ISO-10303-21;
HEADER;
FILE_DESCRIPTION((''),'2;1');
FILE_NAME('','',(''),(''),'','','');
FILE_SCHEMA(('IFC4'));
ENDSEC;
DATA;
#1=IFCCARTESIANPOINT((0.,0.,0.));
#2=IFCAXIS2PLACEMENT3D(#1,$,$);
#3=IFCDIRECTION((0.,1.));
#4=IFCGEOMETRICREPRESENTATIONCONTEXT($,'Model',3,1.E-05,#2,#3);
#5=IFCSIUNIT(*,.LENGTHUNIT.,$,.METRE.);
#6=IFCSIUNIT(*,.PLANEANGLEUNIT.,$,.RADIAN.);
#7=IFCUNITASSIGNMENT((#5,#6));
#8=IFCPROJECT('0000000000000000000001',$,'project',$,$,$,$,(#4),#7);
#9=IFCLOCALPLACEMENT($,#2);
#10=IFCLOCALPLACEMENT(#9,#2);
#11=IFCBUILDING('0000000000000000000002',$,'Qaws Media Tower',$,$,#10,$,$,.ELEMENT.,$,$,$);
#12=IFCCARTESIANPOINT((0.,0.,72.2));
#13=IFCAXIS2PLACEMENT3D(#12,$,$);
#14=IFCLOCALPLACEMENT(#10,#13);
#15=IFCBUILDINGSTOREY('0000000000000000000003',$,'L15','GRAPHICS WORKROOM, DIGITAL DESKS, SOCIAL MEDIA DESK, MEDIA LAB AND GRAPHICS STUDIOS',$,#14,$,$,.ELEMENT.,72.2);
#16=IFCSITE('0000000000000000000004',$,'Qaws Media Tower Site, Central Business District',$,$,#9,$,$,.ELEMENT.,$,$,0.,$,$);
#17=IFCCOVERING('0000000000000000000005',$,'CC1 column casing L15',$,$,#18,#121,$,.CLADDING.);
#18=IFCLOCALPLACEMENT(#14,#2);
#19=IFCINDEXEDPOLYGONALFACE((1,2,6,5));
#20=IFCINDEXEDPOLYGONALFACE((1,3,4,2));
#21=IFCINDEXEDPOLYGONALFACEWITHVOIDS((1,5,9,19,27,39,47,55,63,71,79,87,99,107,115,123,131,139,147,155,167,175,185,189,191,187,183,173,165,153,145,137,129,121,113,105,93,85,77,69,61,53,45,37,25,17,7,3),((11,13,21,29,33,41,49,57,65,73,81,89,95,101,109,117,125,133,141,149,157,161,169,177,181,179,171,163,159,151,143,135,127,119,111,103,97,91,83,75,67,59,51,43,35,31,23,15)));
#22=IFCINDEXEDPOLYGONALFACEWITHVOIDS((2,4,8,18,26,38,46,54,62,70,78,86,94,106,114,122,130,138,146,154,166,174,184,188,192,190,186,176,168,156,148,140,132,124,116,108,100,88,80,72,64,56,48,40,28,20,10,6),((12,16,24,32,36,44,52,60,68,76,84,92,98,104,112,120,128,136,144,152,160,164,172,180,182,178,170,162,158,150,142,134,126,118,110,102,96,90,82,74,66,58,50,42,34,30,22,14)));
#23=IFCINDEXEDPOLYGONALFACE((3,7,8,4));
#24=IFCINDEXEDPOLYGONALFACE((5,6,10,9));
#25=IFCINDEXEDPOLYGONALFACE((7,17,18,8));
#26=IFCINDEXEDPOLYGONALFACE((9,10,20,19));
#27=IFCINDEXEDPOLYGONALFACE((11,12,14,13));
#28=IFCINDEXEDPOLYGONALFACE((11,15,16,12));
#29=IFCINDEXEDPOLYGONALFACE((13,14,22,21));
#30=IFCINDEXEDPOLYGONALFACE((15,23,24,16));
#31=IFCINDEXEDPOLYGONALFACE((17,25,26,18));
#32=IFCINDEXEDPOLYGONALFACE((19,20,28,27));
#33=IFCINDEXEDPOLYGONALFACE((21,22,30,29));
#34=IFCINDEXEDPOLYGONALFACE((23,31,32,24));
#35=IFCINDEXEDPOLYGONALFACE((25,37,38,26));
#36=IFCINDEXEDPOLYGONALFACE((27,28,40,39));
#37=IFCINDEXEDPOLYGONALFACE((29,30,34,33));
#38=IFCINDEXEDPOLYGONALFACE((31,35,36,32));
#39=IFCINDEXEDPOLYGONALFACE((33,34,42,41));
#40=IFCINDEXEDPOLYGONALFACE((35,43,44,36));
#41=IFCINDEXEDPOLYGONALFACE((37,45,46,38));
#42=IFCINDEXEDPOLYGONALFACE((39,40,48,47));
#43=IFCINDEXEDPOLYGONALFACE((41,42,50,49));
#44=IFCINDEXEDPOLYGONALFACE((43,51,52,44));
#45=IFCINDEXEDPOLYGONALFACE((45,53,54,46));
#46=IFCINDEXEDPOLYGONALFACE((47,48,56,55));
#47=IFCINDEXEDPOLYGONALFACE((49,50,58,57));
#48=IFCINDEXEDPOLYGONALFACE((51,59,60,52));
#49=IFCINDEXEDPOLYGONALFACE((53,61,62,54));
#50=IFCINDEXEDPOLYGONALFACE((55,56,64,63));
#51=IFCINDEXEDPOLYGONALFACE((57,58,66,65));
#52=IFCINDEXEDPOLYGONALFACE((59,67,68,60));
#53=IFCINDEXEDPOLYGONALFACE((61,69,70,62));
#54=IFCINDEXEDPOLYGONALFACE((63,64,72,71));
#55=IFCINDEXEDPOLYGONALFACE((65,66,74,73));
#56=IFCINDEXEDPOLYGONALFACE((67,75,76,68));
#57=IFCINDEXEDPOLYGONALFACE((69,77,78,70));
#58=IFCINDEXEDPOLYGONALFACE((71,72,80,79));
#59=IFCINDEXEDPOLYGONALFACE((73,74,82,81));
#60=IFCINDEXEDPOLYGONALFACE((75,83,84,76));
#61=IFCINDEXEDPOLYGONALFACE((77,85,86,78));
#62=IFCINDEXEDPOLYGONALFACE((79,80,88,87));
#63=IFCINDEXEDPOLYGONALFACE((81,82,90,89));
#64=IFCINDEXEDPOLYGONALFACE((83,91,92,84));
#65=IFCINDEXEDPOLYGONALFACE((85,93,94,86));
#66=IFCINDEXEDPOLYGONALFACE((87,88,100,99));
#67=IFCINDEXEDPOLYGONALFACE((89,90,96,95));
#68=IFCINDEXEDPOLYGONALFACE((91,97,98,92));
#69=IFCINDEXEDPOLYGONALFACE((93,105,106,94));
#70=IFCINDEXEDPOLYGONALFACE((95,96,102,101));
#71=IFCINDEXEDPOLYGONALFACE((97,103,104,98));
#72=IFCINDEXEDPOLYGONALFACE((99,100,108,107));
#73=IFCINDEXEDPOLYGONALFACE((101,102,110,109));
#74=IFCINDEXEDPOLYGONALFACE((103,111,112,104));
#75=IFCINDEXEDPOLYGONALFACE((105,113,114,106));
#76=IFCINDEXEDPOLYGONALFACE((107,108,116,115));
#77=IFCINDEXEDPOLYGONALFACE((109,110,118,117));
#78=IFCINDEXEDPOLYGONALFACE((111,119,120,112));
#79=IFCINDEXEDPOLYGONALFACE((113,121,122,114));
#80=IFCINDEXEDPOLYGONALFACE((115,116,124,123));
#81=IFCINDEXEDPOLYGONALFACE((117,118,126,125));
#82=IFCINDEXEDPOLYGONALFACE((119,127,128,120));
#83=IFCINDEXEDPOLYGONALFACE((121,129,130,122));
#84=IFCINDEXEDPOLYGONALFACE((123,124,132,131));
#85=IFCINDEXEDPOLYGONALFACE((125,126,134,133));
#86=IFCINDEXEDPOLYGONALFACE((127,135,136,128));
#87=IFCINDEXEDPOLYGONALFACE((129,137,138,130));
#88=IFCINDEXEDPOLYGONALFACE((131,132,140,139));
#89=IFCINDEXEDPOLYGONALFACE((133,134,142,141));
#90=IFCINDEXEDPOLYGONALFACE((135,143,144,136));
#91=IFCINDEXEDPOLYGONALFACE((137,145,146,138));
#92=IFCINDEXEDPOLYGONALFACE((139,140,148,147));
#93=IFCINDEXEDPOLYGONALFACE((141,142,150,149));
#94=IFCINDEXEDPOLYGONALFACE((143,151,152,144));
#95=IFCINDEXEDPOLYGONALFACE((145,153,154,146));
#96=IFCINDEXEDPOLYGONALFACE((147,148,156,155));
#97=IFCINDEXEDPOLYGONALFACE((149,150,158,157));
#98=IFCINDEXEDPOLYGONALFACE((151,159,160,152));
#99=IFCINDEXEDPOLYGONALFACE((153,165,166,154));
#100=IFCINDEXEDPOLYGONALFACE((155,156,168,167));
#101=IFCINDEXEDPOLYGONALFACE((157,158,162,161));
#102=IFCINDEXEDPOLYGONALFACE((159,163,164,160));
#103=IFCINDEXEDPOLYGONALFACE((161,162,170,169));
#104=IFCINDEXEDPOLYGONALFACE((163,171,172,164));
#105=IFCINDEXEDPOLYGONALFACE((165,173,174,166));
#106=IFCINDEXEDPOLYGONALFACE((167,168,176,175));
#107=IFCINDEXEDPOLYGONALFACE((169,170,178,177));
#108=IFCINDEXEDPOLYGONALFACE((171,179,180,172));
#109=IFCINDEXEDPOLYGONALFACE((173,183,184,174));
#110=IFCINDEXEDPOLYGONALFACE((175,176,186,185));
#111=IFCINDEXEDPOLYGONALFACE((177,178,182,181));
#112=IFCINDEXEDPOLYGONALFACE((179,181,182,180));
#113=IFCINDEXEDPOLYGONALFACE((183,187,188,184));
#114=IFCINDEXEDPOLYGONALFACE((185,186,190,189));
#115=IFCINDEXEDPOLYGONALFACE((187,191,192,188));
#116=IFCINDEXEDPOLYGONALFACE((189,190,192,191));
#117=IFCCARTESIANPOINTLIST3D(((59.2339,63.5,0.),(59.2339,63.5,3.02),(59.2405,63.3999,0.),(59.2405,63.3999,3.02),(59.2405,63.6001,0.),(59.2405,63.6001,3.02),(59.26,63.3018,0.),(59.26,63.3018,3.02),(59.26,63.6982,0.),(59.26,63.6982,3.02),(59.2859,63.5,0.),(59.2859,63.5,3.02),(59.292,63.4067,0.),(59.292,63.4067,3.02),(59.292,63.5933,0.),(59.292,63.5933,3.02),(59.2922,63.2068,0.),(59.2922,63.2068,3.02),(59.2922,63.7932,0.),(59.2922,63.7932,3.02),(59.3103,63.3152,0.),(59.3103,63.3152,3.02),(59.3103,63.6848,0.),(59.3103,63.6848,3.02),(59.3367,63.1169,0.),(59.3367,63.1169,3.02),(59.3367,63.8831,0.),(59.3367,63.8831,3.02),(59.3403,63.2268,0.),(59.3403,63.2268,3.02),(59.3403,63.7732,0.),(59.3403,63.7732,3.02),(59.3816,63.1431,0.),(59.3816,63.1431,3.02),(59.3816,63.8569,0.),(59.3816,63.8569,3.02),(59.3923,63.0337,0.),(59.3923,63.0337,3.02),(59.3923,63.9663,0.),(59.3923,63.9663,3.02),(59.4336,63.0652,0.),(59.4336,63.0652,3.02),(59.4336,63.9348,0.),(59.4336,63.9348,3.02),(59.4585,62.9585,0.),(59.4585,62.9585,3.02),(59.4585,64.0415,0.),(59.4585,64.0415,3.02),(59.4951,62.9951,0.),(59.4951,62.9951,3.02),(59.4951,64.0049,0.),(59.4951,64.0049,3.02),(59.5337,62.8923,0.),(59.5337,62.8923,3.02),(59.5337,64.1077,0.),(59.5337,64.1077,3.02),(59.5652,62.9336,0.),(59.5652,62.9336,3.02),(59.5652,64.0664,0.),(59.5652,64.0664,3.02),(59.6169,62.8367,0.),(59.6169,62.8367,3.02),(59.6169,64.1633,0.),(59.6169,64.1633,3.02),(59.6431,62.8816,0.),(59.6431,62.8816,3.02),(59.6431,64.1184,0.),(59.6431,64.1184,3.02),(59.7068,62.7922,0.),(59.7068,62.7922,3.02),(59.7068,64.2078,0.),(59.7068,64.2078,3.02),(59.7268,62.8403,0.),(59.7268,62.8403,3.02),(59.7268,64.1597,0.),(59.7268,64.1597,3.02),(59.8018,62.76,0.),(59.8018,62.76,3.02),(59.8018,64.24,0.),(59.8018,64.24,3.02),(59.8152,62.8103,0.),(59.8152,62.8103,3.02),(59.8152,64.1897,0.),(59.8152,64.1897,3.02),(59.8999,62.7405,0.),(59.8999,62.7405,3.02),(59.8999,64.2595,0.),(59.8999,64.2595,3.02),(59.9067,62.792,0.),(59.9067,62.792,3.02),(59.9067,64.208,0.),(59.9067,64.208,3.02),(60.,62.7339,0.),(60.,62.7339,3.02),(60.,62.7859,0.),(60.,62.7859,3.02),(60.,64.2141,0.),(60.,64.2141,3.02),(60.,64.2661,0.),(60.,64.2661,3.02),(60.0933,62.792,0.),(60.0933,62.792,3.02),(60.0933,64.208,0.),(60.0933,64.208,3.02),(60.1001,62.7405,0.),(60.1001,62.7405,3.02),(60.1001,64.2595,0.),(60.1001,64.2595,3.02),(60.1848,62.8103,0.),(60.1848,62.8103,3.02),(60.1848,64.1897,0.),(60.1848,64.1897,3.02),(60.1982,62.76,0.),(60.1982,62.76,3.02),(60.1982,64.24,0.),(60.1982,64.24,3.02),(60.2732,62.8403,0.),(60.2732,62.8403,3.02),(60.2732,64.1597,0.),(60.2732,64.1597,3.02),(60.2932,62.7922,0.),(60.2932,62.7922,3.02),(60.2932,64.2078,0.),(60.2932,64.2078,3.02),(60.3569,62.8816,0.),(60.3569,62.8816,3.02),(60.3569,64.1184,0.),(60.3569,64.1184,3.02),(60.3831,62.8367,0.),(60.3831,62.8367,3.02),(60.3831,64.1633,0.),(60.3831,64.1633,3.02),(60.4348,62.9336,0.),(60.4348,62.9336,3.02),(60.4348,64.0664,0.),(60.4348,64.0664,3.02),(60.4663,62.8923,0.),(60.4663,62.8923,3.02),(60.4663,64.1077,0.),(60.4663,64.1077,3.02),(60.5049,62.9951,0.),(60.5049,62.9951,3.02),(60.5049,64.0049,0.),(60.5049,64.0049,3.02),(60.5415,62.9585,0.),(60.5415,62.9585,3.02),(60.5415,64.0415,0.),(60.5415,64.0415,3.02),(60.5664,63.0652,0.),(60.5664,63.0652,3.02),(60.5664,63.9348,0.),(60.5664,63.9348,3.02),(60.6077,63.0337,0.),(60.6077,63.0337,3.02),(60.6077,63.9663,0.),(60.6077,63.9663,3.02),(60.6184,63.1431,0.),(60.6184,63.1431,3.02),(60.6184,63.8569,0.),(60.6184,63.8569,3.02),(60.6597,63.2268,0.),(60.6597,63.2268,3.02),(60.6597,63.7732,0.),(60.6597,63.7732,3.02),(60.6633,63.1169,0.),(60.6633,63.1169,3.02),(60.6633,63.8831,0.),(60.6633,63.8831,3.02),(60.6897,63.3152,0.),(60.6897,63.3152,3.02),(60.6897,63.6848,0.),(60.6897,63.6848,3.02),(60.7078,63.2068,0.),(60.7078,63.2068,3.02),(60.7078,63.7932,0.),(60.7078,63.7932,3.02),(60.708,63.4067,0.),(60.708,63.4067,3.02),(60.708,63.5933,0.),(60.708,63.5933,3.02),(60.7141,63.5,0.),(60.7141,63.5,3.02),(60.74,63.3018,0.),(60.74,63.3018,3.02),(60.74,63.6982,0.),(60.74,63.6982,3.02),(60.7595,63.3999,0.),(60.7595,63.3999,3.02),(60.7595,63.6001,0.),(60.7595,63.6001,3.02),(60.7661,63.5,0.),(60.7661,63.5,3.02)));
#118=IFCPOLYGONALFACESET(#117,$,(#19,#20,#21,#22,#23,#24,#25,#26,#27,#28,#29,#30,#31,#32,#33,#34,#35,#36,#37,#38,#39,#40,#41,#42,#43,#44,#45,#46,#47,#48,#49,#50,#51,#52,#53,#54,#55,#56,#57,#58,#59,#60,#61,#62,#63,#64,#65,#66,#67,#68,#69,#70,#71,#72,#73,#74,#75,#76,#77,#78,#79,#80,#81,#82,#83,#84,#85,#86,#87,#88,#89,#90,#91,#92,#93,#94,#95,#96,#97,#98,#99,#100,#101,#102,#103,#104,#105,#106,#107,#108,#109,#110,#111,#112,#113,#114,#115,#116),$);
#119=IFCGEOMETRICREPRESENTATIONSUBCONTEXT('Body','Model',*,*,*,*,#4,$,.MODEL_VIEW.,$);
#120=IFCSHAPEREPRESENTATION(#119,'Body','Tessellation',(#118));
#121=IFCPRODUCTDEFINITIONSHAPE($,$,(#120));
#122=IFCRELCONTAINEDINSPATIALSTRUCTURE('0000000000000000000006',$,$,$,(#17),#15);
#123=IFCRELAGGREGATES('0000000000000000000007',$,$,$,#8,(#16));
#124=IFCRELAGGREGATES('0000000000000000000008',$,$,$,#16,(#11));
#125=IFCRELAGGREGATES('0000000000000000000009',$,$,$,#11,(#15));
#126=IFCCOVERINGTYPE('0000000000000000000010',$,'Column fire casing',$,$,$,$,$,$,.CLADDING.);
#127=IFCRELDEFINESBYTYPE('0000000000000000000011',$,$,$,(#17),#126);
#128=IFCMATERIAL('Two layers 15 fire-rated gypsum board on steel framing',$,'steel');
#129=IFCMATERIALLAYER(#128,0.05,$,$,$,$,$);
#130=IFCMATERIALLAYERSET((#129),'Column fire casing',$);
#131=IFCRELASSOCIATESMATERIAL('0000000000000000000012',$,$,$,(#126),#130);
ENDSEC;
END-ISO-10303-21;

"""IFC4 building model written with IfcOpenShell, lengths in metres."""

from ifc_helpers import new_model, si_unit, direction, frame, origin, place, context, subcontext, project, spatial, polyline, outline, extrude, material, layer, layer_set, type_object, element, save


model = new_model("IFC4")

# Units and contexts
model_context = context("Model", 3, precision=1e-05, world=origin(), true_north=direction((0.0, 1.0)))
body_context = subcontext(model_context, "Body", "Model", "MODEL_VIEW")
ifc_project = project(units=[si_unit("LENGTHUNIT", "METRE"), si_unit("PLANEANGLEUNIT", "RADIAN")], contexts=[model_context])

# Site, building, storey
site_placement = place(None, origin())
site = spatial("IfcSite", under=ifc_project, at=site_placement, Name="Qaws Media Tower Site, Central Business District", CompositionType="ELEMENT", RefElevation=0.0)
building_placement = place(site_placement, origin())
building = spatial("IfcBuilding", under=site, at=building_placement, Name="Qaws Media Tower", CompositionType="ELEMENT")
storey_placement = place(building_placement, frame((0.0, 0.0, 72.2)))
storey = spatial("IfcBuildingStorey", under=building, at=storey_placement, Name="L15", Description="GRAPHICS WORKROOM, DIGITAL DESKS, SOCIAL MEDIA DESK, MEDIA LAB AND GRAPHICS STUDIOS", CompositionType="ELEMENT", Elevation=72.2)

# Covering
ifc_material_1 = material(Name="Two layers 15 fire-rated gypsum board on steel framing", Category="steel")
ifc_layer_1 = layer(ifc_material_1, 0.05)
ifc_layer_set_1 = layer_set([ifc_layer_1], Name="Column fire casing")
covering_type = type_object("IfcCoveringType", Name="Column fire casing", PredefinedType="CLADDING", material=ifc_layer_set_1)
covering_placement = place(storey_placement, origin())
element("IfcCovering", 1, at=covering_placement, inside=storey, type_object=covering_type, Name="CC1 column casing L15", PredefinedType="CLADDING", context=body_context, shape_type="SweptSolid", body=[
    extrude(outline(polyline([(60.7661, 63.5), (60.7595, 63.3999), (60.74, 63.3018), (60.7078, 63.2068), (60.6633, 63.1169), (60.6077, 63.0337), (60.5415, 62.9585), (60.4663, 62.8923), (60.3831, 62.8367), (60.2932, 62.7922), (60.1982, 62.76), (60.1001, 62.7405), (60.0, 62.7339), (59.8999, 62.7405), (59.8018, 62.76), (59.7068, 62.7922), (59.6169, 62.8367), (59.5337, 62.8923), (59.4585, 62.9585), (59.3923, 63.0337), (59.3367, 63.1169), (59.2922, 63.2068), (59.26, 63.3018), (59.2405, 63.3999), (59.2339, 63.5), (59.2405, 63.6001), (59.26, 63.6982), (59.2922, 63.7932), (59.3367, 63.8831), (59.3923, 63.9663), (59.4585, 64.0415), (59.5337, 64.1077), (59.6169, 64.1633), (59.7068, 64.2078), (59.8018, 64.24), (59.8999, 64.2595), (60.0, 64.2661), (60.1001, 64.2595), (60.1982, 64.24), (60.2932, 64.2078), (60.3831, 64.1633), (60.4663, 64.1077), (60.5415, 64.0415), (60.6077, 63.9663), (60.6633, 63.8831), (60.7078, 63.7932), (60.74, 63.6982), (60.7595, 63.6001), (60.7661, 63.5)]), holes=[polyline([(60.7141, 63.5), (60.708, 63.4067), (60.6897, 63.3152), (60.6597, 63.2268), (60.6184, 63.1431), (60.5664, 63.0652), (60.5049, 62.9951), (60.4348, 62.9336), (60.3569, 62.8816), (60.2732, 62.8403), (60.1848, 62.8103), (60.0933, 62.792), (60.0, 62.7859), (59.9067, 62.792), (59.8152, 62.8103), (59.7268, 62.8403), (59.6431, 62.8816), (59.5652, 62.9336), (59.4951, 62.9951), (59.4336, 63.0652), (59.3816, 63.1431), (59.3403, 63.2268), (59.3103, 63.3152), (59.292, 63.4067), (59.2859, 63.5), (59.292, 63.5933), (59.3103, 63.6848), (59.3403, 63.7732), (59.3816, 63.8569), (59.4336, 63.9348), (59.4951, 64.0049), (59.5652, 64.0664), (59.6431, 64.1184), (59.7268, 64.1597), (59.8152, 64.1897), (59.9067, 64.208), (60.0, 64.2141), (60.0933, 64.208), (60.1848, 64.1897), (60.2732, 64.1597), (60.3569, 64.1184), (60.4348, 64.0664), (60.5049, 64.0049), (60.5664, 63.9348), (60.6184, 63.8569), (60.6597, 63.7732), (60.6897, 63.6848), (60.708, 63.5933), (60.7141, 63.5)])]), origin(), (0.0, 0.0, 1.0), 3.02),
])

save(model, "model.ifc")
